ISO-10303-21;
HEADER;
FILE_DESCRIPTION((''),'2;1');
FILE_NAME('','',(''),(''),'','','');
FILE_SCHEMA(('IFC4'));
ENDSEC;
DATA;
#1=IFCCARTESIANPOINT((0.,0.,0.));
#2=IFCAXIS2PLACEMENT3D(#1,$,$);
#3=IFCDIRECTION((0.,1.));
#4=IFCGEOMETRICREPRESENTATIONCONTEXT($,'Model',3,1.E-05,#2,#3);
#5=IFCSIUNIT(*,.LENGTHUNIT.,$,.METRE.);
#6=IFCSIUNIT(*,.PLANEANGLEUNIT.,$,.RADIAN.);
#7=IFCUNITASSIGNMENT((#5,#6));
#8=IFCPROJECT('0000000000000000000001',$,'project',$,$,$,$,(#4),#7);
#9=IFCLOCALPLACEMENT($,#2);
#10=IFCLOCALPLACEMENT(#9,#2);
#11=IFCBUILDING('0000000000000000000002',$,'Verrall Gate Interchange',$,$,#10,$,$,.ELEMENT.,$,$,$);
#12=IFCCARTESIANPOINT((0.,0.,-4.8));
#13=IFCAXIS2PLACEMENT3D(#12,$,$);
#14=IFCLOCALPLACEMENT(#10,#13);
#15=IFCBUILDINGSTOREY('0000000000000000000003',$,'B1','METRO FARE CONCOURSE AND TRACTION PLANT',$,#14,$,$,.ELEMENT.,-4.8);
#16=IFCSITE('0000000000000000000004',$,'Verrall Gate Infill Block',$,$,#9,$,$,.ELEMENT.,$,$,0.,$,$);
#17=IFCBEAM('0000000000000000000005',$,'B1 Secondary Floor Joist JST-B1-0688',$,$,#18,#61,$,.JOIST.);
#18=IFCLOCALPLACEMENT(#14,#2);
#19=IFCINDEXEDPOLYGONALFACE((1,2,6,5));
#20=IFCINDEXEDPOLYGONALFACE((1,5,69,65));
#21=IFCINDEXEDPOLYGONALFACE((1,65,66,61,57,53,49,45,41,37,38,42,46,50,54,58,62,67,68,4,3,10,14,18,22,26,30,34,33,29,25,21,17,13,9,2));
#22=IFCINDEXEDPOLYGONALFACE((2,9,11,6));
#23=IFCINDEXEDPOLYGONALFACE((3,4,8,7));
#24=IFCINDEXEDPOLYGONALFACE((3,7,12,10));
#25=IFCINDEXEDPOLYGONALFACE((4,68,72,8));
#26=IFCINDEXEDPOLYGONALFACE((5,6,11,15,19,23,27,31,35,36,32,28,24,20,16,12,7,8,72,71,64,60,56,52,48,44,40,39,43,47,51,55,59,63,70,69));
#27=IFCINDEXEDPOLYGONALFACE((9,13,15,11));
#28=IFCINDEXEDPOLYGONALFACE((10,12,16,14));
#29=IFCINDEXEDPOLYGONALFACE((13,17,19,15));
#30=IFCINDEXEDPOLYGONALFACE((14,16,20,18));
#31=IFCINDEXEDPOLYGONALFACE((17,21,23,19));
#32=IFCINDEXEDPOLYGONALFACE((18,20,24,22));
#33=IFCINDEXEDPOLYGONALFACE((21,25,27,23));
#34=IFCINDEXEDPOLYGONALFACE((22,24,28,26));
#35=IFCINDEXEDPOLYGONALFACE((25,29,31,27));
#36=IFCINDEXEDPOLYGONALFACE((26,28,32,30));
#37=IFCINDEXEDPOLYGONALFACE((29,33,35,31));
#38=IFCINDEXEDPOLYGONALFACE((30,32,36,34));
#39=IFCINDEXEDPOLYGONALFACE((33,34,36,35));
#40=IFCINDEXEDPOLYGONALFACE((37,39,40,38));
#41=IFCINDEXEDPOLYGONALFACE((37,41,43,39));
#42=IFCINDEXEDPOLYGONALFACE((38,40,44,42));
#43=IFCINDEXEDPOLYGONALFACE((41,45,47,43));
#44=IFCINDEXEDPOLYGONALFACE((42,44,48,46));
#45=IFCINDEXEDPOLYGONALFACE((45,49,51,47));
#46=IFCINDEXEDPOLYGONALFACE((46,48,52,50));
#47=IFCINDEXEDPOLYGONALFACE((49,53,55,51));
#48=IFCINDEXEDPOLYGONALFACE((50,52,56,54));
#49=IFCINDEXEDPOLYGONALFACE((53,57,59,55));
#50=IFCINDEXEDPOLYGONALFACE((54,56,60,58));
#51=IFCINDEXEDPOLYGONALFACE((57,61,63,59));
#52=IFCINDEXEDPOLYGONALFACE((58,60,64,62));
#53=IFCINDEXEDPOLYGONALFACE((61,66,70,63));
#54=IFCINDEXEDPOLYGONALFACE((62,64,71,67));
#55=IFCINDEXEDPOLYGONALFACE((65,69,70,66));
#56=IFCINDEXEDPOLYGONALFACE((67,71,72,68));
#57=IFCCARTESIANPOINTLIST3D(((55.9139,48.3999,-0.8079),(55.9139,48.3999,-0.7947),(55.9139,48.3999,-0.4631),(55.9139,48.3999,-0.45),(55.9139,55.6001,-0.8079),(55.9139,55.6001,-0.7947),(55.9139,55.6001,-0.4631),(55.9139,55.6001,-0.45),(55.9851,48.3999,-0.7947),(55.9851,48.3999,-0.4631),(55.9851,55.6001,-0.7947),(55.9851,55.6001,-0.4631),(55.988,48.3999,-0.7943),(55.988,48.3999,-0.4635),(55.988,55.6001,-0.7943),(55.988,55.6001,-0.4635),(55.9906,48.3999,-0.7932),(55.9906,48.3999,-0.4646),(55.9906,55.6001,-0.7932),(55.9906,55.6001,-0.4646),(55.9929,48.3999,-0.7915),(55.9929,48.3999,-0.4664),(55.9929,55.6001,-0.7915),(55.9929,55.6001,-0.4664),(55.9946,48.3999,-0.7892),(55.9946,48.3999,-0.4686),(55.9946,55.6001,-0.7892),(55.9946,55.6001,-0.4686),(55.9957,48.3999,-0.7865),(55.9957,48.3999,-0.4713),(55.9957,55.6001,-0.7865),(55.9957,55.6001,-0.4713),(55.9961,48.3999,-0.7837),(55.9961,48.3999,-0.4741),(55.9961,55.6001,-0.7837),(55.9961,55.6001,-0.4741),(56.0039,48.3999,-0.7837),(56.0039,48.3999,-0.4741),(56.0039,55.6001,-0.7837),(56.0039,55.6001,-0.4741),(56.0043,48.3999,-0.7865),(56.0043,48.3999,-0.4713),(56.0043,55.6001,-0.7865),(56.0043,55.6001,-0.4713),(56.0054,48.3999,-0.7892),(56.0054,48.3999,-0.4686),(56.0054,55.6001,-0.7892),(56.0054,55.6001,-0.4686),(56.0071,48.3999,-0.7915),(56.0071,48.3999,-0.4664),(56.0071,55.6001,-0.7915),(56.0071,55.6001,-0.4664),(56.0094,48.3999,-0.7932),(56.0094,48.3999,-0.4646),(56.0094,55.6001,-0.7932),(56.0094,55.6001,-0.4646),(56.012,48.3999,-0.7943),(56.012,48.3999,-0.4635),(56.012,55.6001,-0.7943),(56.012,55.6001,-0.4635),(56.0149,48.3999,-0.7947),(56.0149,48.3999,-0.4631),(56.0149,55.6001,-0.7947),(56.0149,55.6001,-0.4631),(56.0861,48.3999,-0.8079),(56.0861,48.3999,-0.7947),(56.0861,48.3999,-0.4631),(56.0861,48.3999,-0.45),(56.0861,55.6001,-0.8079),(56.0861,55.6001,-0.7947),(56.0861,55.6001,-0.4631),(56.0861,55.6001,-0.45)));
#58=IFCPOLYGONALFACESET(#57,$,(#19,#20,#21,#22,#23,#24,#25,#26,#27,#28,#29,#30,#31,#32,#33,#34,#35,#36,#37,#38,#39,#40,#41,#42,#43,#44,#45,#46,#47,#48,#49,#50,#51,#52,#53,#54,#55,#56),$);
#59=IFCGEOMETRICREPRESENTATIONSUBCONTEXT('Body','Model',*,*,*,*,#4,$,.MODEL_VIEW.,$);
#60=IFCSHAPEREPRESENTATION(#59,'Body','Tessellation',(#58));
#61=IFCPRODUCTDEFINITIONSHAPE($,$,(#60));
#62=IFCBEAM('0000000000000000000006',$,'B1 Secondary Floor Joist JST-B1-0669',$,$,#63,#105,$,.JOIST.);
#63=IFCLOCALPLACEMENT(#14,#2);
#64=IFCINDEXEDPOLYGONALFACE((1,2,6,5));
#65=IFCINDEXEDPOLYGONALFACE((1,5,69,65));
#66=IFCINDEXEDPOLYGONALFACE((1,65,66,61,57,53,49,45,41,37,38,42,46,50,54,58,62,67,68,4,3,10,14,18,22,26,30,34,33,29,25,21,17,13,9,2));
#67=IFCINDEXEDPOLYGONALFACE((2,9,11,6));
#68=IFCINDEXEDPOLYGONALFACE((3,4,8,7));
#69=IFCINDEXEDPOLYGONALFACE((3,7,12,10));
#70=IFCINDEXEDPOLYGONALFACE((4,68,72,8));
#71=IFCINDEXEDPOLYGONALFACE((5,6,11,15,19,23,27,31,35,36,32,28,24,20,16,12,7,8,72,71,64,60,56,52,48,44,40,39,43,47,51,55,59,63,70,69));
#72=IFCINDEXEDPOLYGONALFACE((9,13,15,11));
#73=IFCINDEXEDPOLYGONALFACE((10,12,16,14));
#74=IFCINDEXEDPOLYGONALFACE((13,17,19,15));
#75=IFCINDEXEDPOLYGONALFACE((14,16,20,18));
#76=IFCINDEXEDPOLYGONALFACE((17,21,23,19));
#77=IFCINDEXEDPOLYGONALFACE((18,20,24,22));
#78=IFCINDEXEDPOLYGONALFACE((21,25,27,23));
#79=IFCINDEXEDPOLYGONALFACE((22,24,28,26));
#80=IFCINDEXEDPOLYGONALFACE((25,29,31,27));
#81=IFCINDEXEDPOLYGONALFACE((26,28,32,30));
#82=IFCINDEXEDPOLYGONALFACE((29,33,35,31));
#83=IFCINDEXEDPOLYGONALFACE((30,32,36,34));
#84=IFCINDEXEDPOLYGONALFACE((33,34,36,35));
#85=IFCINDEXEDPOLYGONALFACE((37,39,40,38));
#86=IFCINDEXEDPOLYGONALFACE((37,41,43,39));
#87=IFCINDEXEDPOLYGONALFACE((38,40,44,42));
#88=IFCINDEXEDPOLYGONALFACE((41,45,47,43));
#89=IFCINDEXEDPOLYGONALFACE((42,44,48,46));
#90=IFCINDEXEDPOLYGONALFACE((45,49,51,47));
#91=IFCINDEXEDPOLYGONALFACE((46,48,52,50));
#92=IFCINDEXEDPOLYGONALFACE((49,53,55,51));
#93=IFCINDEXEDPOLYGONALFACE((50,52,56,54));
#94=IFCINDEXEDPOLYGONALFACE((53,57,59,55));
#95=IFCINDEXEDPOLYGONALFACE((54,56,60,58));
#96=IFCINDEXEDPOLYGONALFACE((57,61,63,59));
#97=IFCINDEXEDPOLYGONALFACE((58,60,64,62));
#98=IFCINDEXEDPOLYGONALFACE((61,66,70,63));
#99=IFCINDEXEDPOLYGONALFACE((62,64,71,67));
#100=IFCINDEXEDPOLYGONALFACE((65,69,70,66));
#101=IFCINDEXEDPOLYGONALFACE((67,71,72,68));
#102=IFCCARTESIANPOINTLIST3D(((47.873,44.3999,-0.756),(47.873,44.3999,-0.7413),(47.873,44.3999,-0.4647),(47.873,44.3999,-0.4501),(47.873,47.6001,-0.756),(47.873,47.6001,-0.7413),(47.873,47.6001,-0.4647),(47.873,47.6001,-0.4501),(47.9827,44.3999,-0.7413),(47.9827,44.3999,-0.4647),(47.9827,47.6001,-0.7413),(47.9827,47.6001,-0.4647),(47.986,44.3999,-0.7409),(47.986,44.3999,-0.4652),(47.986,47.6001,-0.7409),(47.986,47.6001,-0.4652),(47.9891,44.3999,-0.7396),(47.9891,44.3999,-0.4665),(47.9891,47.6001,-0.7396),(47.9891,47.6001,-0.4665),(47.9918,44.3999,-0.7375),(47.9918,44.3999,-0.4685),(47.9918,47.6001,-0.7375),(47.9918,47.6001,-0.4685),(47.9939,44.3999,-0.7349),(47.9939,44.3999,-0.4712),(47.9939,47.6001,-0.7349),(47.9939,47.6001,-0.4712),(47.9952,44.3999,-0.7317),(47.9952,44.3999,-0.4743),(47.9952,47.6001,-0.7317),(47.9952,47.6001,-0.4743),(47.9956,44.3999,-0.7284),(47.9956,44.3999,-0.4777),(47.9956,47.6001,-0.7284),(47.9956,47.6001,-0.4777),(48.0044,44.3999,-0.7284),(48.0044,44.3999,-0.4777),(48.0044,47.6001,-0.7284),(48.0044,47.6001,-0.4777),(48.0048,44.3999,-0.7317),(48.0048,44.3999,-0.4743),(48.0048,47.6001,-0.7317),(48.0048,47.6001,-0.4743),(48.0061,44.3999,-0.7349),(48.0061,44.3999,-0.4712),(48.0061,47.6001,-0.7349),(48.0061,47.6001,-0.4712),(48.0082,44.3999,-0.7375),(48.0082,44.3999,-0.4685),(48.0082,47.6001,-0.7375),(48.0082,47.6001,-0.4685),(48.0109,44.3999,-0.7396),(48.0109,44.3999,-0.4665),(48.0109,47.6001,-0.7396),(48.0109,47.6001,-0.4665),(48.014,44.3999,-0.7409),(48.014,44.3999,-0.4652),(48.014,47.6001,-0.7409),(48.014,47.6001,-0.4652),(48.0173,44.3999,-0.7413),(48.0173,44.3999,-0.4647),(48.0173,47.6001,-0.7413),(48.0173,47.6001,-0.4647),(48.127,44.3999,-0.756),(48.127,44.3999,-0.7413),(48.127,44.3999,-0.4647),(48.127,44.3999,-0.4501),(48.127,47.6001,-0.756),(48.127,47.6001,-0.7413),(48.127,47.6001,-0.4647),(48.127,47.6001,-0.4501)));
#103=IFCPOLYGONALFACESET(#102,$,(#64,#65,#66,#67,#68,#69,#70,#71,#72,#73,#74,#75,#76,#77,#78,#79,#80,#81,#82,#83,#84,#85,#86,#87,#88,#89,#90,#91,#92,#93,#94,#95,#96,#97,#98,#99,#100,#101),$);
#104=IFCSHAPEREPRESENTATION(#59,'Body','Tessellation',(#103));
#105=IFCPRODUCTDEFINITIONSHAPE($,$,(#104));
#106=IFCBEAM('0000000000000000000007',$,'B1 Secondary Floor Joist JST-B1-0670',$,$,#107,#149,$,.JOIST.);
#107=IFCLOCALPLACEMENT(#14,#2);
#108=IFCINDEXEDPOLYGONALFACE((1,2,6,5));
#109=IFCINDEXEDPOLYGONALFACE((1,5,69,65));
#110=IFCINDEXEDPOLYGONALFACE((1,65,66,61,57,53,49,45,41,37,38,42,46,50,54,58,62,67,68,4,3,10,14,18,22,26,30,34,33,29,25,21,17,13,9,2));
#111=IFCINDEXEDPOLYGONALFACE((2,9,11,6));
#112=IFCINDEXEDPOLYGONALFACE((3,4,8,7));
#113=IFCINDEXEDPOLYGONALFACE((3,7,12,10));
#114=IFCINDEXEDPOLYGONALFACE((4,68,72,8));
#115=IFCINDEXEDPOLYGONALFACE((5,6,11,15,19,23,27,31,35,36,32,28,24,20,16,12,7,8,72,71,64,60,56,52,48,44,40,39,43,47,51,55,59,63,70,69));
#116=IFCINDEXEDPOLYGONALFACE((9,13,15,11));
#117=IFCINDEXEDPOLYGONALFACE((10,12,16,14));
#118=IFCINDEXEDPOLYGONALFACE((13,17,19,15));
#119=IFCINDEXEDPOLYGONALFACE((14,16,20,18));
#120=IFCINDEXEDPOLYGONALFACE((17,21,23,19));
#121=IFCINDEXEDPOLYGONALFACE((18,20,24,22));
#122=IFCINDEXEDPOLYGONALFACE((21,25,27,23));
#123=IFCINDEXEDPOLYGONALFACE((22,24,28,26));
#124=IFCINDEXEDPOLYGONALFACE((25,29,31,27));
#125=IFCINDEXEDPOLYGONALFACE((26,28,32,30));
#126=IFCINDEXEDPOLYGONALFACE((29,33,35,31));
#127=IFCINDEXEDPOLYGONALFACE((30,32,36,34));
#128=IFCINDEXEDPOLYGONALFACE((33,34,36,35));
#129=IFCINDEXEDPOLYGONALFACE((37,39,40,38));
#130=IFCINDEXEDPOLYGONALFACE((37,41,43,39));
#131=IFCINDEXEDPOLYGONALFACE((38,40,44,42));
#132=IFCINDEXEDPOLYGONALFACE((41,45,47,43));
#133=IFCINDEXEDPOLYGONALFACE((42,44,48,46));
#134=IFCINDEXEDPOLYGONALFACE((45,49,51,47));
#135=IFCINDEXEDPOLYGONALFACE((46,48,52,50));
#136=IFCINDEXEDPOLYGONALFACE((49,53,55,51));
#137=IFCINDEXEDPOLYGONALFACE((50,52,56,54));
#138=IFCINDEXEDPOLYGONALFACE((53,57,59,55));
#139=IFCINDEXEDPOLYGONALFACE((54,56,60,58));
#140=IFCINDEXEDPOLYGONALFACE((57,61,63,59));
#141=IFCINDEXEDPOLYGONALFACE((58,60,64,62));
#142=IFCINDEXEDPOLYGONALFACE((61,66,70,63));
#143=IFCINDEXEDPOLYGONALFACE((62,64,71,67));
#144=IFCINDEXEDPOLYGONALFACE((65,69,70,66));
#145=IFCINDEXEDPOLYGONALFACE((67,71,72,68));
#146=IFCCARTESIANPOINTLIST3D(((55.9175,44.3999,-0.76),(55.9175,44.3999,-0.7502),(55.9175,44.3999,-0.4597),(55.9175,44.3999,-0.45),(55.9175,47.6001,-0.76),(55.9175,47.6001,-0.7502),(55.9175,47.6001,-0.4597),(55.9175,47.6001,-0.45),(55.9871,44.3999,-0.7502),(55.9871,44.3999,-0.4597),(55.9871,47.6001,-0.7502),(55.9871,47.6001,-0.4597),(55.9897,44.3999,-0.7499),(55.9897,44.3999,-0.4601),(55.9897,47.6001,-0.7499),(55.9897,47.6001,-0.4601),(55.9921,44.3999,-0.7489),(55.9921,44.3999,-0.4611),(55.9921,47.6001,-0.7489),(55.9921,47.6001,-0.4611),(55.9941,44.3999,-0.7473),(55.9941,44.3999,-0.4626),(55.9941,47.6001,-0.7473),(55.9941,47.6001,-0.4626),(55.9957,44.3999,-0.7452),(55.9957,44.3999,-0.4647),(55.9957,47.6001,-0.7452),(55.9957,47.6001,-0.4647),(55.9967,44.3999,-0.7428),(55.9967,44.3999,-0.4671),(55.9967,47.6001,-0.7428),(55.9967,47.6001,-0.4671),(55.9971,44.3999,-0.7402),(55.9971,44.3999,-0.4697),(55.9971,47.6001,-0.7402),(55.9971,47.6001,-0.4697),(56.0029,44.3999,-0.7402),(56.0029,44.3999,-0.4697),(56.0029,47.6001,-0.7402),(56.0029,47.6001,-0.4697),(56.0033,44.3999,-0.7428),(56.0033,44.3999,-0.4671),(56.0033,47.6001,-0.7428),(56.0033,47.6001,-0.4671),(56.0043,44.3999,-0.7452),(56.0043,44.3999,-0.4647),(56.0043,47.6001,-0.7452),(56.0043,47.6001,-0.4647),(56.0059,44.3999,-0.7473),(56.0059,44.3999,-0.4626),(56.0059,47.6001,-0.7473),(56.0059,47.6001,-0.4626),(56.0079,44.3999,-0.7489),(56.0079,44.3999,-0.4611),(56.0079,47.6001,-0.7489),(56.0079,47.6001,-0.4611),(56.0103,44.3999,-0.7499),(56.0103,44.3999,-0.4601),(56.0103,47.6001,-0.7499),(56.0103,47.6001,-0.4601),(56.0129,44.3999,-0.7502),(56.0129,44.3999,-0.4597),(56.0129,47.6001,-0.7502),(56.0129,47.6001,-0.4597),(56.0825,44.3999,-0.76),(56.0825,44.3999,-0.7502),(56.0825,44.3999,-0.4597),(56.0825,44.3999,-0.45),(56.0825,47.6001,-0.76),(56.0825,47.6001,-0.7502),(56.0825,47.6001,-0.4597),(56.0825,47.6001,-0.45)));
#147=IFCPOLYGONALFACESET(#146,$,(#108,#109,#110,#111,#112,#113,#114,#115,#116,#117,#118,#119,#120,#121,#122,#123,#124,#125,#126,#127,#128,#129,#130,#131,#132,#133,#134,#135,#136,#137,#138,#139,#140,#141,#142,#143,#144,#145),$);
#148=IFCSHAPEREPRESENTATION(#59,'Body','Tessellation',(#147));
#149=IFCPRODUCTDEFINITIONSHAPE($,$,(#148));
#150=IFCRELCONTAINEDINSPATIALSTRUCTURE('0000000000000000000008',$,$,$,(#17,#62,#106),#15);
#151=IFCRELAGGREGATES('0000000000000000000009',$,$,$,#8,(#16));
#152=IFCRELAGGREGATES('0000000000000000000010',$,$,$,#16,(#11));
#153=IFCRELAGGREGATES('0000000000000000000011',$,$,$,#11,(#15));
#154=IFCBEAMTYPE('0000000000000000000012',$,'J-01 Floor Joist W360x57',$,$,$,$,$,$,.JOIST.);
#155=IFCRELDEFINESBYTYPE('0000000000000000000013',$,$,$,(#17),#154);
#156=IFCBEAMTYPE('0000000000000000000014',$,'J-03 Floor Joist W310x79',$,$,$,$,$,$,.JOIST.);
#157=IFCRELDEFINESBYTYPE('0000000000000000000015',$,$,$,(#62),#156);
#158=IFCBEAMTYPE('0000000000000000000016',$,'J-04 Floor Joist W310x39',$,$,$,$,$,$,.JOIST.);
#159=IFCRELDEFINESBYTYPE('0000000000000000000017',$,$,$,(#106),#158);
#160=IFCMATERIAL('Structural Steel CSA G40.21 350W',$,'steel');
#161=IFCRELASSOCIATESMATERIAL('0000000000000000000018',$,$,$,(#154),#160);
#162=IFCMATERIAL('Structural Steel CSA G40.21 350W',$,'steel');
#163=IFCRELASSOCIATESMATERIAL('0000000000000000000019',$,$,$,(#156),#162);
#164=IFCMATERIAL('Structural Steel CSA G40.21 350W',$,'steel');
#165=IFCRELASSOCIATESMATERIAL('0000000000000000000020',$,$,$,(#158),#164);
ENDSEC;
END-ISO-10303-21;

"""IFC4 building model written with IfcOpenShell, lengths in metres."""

from ifc_helpers import new_model, si_unit, direction, frame, origin, origin_2d, place, context, subcontext, project, spatial, i_section, extrude, material, material_profile, profile_set, type_object, element, save


model = new_model("IFC4")

# Units and contexts
model_context = context("Model", 3, precision=1e-05, world=origin(), true_north=direction((0.0, 1.0)))
body_context = subcontext(model_context, "Body", "Model", "MODEL_VIEW")
ifc_project = project(units=[si_unit("LENGTHUNIT", "METRE"), si_unit("PLANEANGLEUNIT", "RADIAN")], contexts=[model_context])

# Site, building, storey
site_placement = place(None, origin())
site = spatial("IfcSite", under=ifc_project, at=site_placement, Name="Verrall Gate Infill Block", CompositionType="ELEMENT", RefElevation=0.0)
building_placement = place(site_placement, origin())
building = spatial("IfcBuilding", under=site, at=building_placement, Name="Verrall Gate Interchange", CompositionType="ELEMENT")
storey_placement = place(building_placement, frame((0.0, 0.0, -4.8)))
storey = spatial("IfcBuildingStorey", under=building, at=storey_placement, Name="B1", Description="METRO FARE CONCOURSE AND TRACTION PLANT", CompositionType="ELEMENT", Elevation=-4.8)

# Beams
ifc_material_1 = material(Name="Structural Steel CSA G40.21 350W", Category="steel")
ifc_material_profile_1 = material_profile(ifc_material_1, i_section(OverallWidth=0.1721, OverallDepth=0.3579, WebThickness=0.0078, FlangeThickness=0.0132, FilletRadius=0.011, at=origin_2d()), Name="W360x57")
ifc_profile_set_1 = profile_set([ifc_material_profile_1], Name="Structural Steel CSA G40.21 350W")
beam_type_1 = type_object("IfcBeamType", Name="J-01 Floor Joist W360x57", PredefinedType="JOIST", material=ifc_profile_set_1)
beam_1_placement = place(storey_placement, frame((56.0, 48.3999, -0.6289), z_axis=(0.0, 1.0, 0.0), x_axis=(-1.0, 0.0, 0.0)))
element("IfcBeam", 1, at=beam_1_placement, inside=storey, type_object=beam_type_1, Name="B1 Secondary Floor Joist JST-B1-0688", PredefinedType="JOIST", context=body_context, shape_type="SweptSolid", body=[
    extrude(i_section(OverallWidth=0.1721, OverallDepth=0.3579, WebThickness=0.0078, FlangeThickness=0.0132, FilletRadius=0.011, at=origin_2d()), origin(), (0.0, 0.0, 1.0), 7.2002),
])
ifc_material_2 = material(Name="Structural Steel CSA G40.21 350W", Category="steel")
ifc_material_profile_2 = material_profile(ifc_material_2, i_section(OverallWidth=0.2539, OverallDepth=0.3059, WebThickness=0.0088, FlangeThickness=0.0146, FilletRadius=0.0129, at=origin_2d()), Name="W310x79")
ifc_profile_set_2 = profile_set([ifc_material_profile_2], Name="Structural Steel CSA G40.21 350W")
beam_type_2 = type_object("IfcBeamType", Name="J-03 Floor Joist W310x79", PredefinedType="JOIST", material=ifc_profile_set_2)
beam_2_placement = place(storey_placement, frame((48.0, 44.3999, -0.603), z_axis=(0.0, 1.0, 0.0), x_axis=(-1.0, 0.0, 0.0)))
element("IfcBeam", 2, at=beam_2_placement, inside=storey, type_object=beam_type_2, Name="B1 Secondary Floor Joist JST-B1-0669", PredefinedType="JOIST", context=body_context, shape_type="SweptSolid", body=[
    extrude(i_section(OverallWidth=0.2539, OverallDepth=0.3059, WebThickness=0.0088, FlangeThickness=0.0146, FilletRadius=0.0129, at=origin_2d()), origin(), (0.0, 0.0, 1.0), 3.2002),
])
ifc_material_3 = material(Name="Structural Steel CSA G40.21 350W", Category="steel")
ifc_material_profile_3 = material_profile(ifc_material_3, i_section(OverallWidth=0.165, OverallDepth=0.3101, WebThickness=0.0059, FlangeThickness=0.0098, FilletRadius=0.01, at=origin_2d()), Name="W310x39")
ifc_profile_set_3 = profile_set([ifc_material_profile_3], Name="Structural Steel CSA G40.21 350W")
beam_type_3 = type_object("IfcBeamType", Name="J-04 Floor Joist W310x39", PredefinedType="JOIST", material=ifc_profile_set_3)
beam_3_placement = place(storey_placement, frame((56.0, 44.3999, -0.605), z_axis=(0.0, 1.0, 0.0), x_axis=(-1.0, 0.0, 0.0)))
element("IfcBeam", 3, at=beam_3_placement, inside=storey, type_object=beam_type_3, Name="B1 Secondary Floor Joist JST-B1-0670", PredefinedType="JOIST", context=body_context, shape_type="SweptSolid", body=[
    extrude(i_section(OverallWidth=0.165, OverallDepth=0.3101, WebThickness=0.0059, FlangeThickness=0.0098, FilletRadius=0.01, at=origin_2d()), origin(), (0.0, 0.0, 1.0), 3.2002),
])

save(model, "model.ifc")
